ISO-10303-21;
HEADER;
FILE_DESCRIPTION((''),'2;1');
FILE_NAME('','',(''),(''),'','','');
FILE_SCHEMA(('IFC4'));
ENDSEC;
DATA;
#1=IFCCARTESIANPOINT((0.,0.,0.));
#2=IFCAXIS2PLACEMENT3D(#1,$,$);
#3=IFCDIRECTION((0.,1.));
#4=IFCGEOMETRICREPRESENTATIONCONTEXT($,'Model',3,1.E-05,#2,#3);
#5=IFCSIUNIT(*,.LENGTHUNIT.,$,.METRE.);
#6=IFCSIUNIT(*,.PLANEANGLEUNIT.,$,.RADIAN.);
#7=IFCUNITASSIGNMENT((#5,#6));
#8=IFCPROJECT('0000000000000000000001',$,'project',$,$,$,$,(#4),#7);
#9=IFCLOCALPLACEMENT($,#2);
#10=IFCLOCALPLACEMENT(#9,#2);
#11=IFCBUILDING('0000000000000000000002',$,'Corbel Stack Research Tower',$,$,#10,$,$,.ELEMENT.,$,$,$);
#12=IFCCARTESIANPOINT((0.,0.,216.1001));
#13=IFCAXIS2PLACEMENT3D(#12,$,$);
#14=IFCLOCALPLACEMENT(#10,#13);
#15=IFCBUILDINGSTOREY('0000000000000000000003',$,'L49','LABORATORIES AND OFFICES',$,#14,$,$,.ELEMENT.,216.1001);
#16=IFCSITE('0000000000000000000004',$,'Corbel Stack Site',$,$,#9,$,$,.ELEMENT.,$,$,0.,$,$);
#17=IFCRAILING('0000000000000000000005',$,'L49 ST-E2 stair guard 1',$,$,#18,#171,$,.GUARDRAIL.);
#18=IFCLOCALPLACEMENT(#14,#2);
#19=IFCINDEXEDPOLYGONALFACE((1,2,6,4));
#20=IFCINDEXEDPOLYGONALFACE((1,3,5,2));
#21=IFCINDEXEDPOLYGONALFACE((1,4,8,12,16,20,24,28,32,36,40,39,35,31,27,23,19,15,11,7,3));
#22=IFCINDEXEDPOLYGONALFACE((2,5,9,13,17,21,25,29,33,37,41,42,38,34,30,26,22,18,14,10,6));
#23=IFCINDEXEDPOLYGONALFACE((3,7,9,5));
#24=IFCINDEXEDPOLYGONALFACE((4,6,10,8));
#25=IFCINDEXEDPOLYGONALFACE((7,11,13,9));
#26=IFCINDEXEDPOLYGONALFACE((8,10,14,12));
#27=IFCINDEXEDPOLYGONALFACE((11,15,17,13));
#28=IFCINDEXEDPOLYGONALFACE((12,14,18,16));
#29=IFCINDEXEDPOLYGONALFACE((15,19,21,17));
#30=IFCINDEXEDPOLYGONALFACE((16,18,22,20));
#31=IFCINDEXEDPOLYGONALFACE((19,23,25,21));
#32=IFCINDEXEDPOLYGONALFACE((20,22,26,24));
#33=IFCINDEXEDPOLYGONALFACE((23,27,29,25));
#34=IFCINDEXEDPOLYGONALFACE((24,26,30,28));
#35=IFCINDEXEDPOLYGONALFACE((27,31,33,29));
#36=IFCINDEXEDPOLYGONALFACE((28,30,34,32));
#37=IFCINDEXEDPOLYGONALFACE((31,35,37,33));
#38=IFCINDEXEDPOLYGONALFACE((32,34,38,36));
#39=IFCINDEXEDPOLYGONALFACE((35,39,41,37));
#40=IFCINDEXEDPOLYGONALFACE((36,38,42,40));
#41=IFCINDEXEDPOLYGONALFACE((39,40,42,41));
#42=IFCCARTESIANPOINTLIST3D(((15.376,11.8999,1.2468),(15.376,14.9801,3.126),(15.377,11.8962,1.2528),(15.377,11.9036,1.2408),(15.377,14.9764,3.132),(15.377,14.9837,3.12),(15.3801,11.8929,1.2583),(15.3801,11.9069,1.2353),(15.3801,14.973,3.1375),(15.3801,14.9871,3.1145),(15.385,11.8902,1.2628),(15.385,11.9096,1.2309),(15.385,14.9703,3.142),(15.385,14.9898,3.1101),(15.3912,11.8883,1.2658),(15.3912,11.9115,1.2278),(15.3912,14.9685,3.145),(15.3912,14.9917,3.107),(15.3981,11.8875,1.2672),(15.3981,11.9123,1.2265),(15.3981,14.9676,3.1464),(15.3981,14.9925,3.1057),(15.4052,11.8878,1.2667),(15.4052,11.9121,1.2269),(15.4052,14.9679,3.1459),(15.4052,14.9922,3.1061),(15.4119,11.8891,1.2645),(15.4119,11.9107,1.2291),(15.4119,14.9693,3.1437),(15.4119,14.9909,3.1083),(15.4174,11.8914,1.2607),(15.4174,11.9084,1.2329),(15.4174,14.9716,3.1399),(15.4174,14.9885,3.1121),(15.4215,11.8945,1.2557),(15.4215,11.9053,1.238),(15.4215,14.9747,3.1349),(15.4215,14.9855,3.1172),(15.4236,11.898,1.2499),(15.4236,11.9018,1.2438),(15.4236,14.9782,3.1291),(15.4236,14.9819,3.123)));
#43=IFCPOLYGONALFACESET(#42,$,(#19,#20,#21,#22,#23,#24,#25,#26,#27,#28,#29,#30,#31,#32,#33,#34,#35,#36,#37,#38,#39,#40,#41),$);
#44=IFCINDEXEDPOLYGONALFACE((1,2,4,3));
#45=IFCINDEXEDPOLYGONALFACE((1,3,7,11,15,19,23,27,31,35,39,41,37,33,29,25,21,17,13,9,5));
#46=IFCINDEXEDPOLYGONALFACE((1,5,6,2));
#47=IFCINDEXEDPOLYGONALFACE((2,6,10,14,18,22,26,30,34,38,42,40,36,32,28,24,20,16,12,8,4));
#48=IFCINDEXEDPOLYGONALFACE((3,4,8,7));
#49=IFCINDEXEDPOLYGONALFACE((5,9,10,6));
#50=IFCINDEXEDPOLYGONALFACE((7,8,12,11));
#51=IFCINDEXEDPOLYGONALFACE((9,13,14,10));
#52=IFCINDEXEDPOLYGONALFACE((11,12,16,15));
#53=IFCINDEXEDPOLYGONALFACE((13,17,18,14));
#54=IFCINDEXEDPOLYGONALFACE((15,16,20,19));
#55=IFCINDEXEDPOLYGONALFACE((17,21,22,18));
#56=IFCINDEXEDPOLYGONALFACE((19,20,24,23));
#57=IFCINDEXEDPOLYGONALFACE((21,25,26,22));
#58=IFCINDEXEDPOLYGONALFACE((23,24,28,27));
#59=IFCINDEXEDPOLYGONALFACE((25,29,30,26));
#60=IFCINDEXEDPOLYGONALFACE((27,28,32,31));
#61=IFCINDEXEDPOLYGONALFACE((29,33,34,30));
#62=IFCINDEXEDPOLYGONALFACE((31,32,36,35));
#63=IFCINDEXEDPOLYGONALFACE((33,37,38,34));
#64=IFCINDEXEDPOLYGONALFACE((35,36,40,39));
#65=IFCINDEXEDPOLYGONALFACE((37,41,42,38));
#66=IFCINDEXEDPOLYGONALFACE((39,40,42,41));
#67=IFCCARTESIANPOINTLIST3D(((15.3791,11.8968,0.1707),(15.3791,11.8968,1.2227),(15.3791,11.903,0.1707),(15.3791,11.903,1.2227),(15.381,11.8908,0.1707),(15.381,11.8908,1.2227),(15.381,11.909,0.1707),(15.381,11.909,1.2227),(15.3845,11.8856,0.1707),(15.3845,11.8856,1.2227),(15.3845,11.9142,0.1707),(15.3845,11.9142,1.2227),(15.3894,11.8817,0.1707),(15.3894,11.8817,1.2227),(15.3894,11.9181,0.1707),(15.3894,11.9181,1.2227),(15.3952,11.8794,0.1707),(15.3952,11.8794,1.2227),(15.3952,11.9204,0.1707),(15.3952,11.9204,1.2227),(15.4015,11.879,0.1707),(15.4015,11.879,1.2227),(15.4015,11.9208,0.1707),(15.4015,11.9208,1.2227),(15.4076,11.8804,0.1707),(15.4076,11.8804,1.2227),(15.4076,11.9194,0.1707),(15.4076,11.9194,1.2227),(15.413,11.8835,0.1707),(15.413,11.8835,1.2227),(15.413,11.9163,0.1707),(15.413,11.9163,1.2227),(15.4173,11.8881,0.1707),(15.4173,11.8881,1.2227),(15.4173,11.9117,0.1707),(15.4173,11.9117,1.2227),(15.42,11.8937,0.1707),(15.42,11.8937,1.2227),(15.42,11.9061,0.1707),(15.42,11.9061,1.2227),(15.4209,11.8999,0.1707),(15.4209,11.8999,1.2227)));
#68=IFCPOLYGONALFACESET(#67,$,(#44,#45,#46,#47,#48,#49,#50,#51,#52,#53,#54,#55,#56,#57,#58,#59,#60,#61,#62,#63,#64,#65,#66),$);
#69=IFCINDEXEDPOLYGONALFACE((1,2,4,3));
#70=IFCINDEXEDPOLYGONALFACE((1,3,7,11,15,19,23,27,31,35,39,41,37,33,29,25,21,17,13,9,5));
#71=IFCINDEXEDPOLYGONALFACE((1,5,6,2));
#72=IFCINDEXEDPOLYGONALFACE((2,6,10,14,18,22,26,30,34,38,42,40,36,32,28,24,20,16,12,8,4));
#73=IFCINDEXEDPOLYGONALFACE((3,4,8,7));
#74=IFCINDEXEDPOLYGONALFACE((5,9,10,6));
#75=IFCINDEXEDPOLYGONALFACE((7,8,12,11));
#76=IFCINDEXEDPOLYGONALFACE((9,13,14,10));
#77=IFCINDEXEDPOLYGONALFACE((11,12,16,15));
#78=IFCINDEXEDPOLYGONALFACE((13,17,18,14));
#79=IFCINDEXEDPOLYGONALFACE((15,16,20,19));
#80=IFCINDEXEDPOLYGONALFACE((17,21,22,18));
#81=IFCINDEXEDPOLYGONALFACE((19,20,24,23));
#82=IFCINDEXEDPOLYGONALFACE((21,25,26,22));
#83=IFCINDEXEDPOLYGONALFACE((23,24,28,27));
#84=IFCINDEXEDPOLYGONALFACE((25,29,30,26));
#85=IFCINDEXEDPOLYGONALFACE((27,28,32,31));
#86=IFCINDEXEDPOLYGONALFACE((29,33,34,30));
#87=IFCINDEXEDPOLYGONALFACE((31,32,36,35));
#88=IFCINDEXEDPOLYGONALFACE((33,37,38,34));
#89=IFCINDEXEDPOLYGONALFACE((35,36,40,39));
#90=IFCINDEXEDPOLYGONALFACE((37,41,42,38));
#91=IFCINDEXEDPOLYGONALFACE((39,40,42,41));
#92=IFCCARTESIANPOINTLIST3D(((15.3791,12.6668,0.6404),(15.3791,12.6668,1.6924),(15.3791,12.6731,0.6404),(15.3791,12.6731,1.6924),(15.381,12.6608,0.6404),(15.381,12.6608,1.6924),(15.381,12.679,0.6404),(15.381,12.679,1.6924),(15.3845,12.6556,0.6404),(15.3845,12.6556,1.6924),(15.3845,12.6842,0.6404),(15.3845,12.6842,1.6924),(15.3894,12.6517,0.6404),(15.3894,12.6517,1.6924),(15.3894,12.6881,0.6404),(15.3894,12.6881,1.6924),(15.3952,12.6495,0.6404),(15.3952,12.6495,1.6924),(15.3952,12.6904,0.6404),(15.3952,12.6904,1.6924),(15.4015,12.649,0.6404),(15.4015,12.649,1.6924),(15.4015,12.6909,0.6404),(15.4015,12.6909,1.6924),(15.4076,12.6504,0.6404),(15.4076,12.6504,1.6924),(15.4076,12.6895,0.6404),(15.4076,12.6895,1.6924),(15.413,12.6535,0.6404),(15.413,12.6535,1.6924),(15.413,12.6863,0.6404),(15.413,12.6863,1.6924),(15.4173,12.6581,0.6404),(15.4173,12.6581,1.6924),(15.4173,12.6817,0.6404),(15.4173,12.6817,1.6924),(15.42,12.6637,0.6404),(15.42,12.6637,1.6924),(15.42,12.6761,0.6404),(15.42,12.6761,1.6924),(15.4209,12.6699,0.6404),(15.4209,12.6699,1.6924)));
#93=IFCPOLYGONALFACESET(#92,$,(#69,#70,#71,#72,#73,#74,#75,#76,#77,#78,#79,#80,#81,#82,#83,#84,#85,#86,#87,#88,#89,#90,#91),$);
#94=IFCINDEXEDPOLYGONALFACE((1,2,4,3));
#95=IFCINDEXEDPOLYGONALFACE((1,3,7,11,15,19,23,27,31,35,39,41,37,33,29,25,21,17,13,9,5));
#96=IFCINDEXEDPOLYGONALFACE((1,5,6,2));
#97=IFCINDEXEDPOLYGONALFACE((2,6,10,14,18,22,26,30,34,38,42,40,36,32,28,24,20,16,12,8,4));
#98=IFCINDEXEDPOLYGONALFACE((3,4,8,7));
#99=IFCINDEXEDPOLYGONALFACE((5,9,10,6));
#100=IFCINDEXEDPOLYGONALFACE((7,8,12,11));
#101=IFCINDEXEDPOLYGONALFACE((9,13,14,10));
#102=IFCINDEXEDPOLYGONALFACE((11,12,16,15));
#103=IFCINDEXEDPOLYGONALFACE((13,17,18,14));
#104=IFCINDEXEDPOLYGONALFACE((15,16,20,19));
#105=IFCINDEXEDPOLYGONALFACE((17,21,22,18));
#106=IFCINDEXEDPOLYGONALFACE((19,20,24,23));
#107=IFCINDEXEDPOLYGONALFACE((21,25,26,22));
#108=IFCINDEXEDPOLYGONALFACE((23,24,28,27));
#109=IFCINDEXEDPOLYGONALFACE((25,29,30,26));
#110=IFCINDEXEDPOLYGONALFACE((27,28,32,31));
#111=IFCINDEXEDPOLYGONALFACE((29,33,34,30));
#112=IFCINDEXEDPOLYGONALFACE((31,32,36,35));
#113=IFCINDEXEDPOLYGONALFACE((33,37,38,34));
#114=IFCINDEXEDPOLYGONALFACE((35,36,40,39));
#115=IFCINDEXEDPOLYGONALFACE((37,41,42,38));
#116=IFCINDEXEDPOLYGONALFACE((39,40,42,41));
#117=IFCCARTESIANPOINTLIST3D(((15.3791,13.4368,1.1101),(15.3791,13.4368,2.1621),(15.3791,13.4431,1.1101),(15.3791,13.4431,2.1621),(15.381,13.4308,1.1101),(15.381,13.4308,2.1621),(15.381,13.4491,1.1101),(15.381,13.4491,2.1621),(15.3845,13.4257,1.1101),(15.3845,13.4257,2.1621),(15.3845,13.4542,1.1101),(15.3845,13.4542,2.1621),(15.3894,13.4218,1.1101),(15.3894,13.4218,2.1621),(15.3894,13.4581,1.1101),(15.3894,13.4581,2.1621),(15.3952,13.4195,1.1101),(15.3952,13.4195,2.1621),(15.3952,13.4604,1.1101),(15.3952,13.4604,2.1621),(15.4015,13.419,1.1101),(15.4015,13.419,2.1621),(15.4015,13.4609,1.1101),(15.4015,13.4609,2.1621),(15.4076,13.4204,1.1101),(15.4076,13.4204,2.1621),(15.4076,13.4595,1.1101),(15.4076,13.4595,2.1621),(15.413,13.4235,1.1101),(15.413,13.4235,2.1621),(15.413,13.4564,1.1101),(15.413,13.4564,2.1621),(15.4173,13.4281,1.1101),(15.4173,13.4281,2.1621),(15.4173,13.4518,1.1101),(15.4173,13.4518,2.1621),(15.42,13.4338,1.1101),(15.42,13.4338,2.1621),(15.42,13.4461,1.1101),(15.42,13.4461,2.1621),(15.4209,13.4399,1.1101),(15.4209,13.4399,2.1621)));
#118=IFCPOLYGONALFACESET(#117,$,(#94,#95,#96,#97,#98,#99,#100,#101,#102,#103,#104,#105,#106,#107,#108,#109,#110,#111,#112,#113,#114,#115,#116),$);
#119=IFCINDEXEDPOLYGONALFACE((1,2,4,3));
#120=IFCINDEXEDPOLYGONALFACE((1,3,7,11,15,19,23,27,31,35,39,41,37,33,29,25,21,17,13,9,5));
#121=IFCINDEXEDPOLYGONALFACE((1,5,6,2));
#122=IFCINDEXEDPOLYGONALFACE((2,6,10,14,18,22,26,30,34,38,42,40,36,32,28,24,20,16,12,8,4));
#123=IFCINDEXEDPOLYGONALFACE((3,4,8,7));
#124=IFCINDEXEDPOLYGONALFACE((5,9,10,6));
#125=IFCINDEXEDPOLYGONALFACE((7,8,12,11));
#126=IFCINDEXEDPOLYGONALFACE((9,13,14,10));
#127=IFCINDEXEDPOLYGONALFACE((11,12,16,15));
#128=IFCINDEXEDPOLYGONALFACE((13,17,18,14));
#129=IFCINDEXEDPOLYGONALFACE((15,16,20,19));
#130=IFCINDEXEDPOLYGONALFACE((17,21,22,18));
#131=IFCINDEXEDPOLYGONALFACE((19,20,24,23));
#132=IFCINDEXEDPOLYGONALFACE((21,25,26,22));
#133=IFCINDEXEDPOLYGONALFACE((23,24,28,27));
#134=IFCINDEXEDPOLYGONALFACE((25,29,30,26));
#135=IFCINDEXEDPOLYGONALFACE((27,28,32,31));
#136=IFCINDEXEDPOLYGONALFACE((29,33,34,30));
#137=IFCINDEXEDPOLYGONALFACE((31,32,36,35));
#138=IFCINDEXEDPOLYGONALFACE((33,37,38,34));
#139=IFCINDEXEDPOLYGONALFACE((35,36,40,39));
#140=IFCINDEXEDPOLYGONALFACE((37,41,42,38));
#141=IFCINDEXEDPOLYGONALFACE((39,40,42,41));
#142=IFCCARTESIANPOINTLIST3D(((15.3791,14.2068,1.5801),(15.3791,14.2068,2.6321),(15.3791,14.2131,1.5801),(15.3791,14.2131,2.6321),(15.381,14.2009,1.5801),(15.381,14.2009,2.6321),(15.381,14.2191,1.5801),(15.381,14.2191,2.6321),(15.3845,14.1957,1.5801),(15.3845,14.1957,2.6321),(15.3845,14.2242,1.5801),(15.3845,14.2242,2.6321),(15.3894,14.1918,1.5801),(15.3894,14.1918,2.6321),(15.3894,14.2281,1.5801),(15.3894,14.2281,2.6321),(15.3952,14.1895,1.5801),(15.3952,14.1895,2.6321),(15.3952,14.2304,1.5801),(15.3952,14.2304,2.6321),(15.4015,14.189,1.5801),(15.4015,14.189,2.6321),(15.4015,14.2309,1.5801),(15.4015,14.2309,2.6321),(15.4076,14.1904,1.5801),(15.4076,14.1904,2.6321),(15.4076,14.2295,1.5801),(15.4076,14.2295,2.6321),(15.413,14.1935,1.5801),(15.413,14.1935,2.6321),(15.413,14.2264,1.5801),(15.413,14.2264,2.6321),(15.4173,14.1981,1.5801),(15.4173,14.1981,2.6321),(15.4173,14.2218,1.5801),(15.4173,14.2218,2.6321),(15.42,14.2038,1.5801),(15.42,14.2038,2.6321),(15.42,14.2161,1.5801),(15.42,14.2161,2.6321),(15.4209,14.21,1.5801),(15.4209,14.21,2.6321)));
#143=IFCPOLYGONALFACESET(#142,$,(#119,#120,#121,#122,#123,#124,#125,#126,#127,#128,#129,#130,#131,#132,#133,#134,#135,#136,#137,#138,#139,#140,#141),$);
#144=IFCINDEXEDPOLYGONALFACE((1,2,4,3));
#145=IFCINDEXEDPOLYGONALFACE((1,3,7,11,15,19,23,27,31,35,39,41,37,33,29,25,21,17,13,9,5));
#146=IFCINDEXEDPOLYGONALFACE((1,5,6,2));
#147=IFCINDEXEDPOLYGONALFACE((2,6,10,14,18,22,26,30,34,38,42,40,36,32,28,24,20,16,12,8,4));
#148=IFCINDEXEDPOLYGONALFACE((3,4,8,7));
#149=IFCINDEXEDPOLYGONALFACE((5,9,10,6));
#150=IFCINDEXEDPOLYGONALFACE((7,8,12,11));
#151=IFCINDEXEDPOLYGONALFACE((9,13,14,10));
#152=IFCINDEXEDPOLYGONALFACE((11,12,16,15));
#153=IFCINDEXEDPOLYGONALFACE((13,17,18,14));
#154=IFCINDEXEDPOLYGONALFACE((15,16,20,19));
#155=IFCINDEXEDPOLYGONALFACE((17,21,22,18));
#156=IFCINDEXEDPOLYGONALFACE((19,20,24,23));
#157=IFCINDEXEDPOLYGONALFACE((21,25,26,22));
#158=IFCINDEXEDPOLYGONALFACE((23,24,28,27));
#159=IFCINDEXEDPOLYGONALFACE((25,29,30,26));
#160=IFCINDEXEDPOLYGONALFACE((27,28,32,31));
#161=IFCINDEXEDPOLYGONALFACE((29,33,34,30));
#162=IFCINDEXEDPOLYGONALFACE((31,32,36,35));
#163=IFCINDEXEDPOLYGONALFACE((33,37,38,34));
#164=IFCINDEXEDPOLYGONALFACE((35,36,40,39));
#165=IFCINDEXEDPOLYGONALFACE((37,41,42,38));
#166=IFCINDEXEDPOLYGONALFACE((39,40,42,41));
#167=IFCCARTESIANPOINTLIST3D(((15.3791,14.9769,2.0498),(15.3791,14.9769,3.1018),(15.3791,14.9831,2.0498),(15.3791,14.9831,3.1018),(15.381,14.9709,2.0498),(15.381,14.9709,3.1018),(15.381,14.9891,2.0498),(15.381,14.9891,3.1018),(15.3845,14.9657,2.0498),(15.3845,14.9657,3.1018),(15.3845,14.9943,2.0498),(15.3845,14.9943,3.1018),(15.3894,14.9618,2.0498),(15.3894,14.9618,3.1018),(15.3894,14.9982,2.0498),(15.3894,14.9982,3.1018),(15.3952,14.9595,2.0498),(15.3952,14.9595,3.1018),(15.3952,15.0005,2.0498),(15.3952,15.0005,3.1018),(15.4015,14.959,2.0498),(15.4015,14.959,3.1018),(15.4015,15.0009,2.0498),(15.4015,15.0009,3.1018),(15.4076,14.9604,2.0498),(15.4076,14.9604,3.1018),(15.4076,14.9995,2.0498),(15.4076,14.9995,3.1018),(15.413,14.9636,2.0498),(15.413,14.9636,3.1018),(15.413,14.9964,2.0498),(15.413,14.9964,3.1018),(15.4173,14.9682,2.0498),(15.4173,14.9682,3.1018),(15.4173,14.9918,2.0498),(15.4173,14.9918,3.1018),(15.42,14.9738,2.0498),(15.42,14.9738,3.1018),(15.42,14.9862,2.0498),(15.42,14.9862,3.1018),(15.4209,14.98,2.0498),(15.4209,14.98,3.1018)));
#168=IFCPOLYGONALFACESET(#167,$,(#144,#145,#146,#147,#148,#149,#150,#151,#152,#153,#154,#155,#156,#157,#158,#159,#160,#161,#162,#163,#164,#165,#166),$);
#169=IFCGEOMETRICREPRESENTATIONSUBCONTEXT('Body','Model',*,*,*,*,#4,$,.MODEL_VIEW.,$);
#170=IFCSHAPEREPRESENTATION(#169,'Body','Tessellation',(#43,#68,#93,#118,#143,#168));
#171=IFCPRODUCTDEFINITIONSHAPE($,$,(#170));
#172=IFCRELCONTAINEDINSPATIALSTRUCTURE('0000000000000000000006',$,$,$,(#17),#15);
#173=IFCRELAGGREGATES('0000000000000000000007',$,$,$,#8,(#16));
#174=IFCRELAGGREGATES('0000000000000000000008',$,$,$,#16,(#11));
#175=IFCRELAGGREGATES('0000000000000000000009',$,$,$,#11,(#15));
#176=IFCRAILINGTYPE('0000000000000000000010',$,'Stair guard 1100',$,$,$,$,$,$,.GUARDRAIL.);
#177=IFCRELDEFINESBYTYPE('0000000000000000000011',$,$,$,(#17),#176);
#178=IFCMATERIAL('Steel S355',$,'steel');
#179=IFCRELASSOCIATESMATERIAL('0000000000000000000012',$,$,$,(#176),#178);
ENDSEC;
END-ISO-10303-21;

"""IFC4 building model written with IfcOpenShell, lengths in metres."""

from ifc_helpers import new_model, si_unit, direction, frame, origin, origin_2d, place, context, subcontext, project, spatial, circle, extrude, material, type_object, element, save


model = new_model("IFC4")

# Units and contexts
model_context = context("Model", 3, precision=1e-05, world=origin(), true_north=direction((0.0, 1.0)))
body_context = subcontext(model_context, "Body", "Model", "MODEL_VIEW")
ifc_project = project(units=[si_unit("LENGTHUNIT", "METRE"), si_unit("PLANEANGLEUNIT", "RADIAN")], contexts=[model_context])

# Site, building, storey
site_placement = place(None, origin())
site = spatial("IfcSite", under=ifc_project, at=site_placement, Name="Corbel Stack Site", CompositionType="ELEMENT", RefElevation=0.0)
building_placement = place(site_placement, origin())
building = spatial("IfcBuilding", under=site, at=building_placement, Name="Corbel Stack Research Tower", CompositionType="ELEMENT")
storey_placement = place(building_placement, frame((0.0, 0.0, 216.1001)))
storey = spatial("IfcBuildingStorey", under=building, at=storey_placement, Name="L49", Description="LABORATORIES AND OFFICES", CompositionType="ELEMENT", Elevation=216.1001)

# Railing
ifc_material_1 = material(Name="Steel S355", Category="steel")
railing_type_1 = type_object("IfcRailingType", Name="Stair guard 1100", PredefinedType="GUARDRAIL", material=ifc_material_1)
railing_1_placement = place(storey_placement, frame((15.3999, 11.8999, 0.1707)))
element("IfcRailing", 1, at=railing_1_placement, inside=storey, type_object=railing_type_1, Name="L49 ST-E2 stair guard 1", PredefinedType="GUARDRAIL", context=body_context, shape_type="SweptSolid", body=[
    extrude(circle(Radius=0.0239, at=origin_2d()), frame((0.0, 0.0, 1.0762), z_axis=(0.0, 0.853666, 0.52082), x_axis=(-1.0, 0.0, 0.0)), (0.0, 0.0, 1.0), 3.6082),
    extrude(circle(Radius=0.021, at=origin_2d()), origin(), (0.0, 0.0, 1.0), 1.052),
    extrude(circle(Radius=0.021, at=origin_2d()), frame((0.0, 0.77, 0.4697)), (0.0, 0.0, 1.0), 1.052),
    extrude(circle(Radius=0.021, at=origin_2d()), frame((0.0, 1.54, 0.9395)), (0.0, 0.0, 1.0), 1.052),
    extrude(circle(Radius=0.021, at=origin_2d()), frame((0.0, 2.3101, 1.4094)), (0.0, 0.0, 1.0), 1.052),
    extrude(circle(Radius=0.021, at=origin_2d()), frame((0.0, 3.0801, 1.8792)), (0.0, 0.0, 1.0), 1.052),
])

save(model, "model.ifc")
